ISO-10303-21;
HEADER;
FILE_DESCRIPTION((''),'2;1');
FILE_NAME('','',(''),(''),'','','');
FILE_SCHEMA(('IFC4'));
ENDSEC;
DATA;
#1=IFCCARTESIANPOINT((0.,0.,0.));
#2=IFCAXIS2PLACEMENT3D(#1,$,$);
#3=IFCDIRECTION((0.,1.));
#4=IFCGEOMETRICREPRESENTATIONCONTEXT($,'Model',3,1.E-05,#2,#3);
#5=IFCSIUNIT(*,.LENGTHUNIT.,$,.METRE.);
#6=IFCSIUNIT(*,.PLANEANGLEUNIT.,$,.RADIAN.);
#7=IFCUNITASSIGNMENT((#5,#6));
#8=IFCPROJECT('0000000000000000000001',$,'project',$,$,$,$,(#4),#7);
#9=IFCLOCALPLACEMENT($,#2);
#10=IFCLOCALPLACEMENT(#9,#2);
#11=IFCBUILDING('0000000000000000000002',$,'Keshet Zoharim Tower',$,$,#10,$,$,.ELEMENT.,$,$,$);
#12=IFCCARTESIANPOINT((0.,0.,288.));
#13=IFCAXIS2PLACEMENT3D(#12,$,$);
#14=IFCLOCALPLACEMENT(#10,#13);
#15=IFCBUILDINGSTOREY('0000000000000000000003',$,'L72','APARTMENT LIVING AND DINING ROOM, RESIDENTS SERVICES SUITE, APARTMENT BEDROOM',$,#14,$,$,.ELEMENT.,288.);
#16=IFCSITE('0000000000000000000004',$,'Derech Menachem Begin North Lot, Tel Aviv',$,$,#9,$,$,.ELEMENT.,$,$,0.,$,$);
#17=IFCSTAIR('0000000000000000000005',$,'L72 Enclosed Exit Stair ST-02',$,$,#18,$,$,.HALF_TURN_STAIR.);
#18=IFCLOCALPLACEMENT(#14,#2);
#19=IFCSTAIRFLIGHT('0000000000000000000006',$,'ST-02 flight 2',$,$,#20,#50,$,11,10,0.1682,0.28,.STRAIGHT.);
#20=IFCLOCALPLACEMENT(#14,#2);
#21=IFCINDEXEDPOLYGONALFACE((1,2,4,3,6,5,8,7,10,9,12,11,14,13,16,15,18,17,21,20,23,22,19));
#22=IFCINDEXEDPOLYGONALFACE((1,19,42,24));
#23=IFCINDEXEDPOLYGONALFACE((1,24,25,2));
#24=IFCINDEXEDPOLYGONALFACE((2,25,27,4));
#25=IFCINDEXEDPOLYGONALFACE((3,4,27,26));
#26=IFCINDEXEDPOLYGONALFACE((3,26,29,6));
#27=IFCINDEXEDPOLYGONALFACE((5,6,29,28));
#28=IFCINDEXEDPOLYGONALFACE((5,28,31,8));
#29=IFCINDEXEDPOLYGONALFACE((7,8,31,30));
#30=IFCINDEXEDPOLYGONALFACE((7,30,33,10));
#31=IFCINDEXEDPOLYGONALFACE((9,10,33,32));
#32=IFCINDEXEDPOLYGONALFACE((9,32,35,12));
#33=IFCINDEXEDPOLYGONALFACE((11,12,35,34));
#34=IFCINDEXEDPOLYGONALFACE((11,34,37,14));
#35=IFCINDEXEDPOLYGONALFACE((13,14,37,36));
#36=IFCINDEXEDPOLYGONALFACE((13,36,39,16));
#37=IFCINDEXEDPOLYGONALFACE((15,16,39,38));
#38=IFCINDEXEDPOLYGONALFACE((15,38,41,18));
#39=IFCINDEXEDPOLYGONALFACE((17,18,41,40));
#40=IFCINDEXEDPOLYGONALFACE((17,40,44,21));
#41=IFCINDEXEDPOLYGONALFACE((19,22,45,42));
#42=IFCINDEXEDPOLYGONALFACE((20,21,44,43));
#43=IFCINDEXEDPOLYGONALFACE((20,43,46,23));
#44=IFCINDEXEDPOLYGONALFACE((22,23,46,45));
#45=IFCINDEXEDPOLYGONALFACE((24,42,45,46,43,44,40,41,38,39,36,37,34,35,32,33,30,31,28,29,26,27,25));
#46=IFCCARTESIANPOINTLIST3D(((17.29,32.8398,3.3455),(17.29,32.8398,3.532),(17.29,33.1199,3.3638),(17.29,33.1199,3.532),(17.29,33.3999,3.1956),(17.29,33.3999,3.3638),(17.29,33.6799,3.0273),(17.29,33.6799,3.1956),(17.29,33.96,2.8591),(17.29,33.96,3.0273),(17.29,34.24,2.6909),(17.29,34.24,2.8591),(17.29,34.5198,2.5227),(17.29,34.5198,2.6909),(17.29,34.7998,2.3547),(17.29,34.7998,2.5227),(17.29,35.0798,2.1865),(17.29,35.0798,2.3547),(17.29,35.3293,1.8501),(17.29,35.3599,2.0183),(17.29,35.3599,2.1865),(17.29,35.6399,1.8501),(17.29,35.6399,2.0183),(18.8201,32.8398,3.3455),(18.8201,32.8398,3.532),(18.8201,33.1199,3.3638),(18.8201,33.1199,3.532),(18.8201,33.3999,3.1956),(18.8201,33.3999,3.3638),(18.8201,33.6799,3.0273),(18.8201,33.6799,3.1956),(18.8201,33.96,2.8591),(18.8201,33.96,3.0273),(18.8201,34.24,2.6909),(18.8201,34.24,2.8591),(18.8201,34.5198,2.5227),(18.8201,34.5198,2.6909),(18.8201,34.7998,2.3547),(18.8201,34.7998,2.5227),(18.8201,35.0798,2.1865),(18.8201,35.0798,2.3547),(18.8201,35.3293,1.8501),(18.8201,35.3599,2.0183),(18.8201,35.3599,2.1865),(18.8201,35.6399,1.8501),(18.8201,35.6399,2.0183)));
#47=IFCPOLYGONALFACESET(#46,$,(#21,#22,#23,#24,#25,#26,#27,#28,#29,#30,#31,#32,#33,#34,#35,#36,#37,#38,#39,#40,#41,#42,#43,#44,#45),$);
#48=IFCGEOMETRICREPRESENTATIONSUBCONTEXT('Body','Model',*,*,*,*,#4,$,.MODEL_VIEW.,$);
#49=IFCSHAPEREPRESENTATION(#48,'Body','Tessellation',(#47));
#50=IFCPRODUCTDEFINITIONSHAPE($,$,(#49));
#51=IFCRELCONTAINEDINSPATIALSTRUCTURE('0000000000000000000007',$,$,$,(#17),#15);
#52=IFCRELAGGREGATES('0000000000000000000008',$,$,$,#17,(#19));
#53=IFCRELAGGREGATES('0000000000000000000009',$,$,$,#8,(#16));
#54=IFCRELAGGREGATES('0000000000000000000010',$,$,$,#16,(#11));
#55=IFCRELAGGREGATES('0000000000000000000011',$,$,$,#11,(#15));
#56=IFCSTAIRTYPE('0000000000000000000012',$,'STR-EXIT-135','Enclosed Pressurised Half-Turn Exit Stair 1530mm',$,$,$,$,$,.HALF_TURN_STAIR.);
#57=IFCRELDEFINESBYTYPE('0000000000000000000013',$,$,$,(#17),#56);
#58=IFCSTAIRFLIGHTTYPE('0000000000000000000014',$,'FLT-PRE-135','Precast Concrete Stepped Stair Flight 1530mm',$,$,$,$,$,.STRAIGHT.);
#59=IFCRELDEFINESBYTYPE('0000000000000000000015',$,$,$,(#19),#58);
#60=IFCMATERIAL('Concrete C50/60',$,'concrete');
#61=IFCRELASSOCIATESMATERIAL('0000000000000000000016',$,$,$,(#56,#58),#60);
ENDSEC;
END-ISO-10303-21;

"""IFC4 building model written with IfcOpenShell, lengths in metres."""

from ifc_helpers import new_model, si_unit, direction, frame, origin, place, context, subcontext, project, spatial, polyline, outline, extrude, material, type_object, element, aggregate, save


model = new_model("IFC4")

# Units and contexts
model_context = context("Model", 3, precision=1e-05, world=origin(), true_north=direction((0.0, 1.0)))
body_context = subcontext(model_context, "Body", "Model", "MODEL_VIEW")
ifc_project = project(units=[si_unit("LENGTHUNIT", "METRE"), si_unit("PLANEANGLEUNIT", "RADIAN")], contexts=[model_context])

# Site, building, storey
site_placement = place(None, origin())
site = spatial("IfcSite", under=ifc_project, at=site_placement, Name="Derech Menachem Begin North Lot, Tel Aviv", CompositionType="ELEMENT", RefElevation=0.0)
building_placement = place(site_placement, origin())
building = spatial("IfcBuilding", under=site, at=building_placement, Name="Keshet Zoharim Tower", CompositionType="ELEMENT")
storey_placement = place(building_placement, frame((0.0, 0.0, 288.0)))
storey = spatial("IfcBuildingStorey", under=building, at=storey_placement, Name="L72", Description="APARTMENT LIVING AND DINING ROOM, RESIDENTS SERVICES SUITE, APARTMENT BEDROOM", CompositionType="ELEMENT", Elevation=288.0)

# Shared definitions
ifc_material_1 = material(Name="Concrete C50/60", Category="concrete")

# Stair, stair flight
stair_type = type_object("IfcStairType", Name="STR-EXIT-135", Description="Enclosed Pressurised Half-Turn Exit Stair 1530mm", PredefinedType="HALF_TURN_STAIR", material=ifc_material_1)
stair_placement = place(storey_placement, origin())
stair = element("IfcStair", 1, at=stair_placement, inside=storey, type_object=stair_type, Name="L72 Enclosed Exit Stair ST-02", PredefinedType="HALF_TURN_STAIR")
stair_flight_type = type_object("IfcStairFlightType", Name="FLT-PRE-135", Description="Precast Concrete Stepped Stair Flight 1530mm", PredefinedType="STRAIGHT", material=ifc_material_1)
stair_flight_1_placement = place(storey_placement, frame((18.0549, 35.6399, 1.8501), z_axis=(0.0, 0.0, 1.0), x_axis=(0.0, -1.0, 0.0)))
stair_flight_1 = element("IfcStairFlight", 2, at=stair_flight_1_placement, type_object=stair_flight_type, Name="ST-02 flight 2", NumberOfRisers=11, NumberOfTreads=10, PredefinedType="STRAIGHT", RiserHeight=0.1682, TreadLength=0.28, context=body_context, shape_type="SweptSolid", body=[
    extrude(outline(polyline([(0.0, 0.0), (0.0, 0.1682), (0.28, 0.1682), (0.28, 0.3364), (0.5601, 0.3364), (0.5601, 0.5046), (0.8401, 0.5046), (0.8401, 0.6726), (1.1201, 0.6726), (1.1201, 0.8408), (1.3999, 0.8408), (1.3999, 1.009), (1.6799, 1.009), (1.6799, 1.1772), (1.96, 1.1772), (1.96, 1.3455), (2.24, 1.3455), (2.24, 1.5137), (2.52, 1.5137), (2.52, 1.6819), (2.8, 1.6819), (2.8, 1.8501), (2.8, 1.4954), (0.3105, 0.0), (0.0, 0.0)])), frame((0.0, 0.7651, 0.0), z_axis=(0.0, -1.0, 0.0), x_axis=(1.0, 0.0, 0.0)), (0.0, 0.0, 1.0), 1.53),
])
aggregate(stair, [stair_flight_1])

save(model, "model.ifc")
